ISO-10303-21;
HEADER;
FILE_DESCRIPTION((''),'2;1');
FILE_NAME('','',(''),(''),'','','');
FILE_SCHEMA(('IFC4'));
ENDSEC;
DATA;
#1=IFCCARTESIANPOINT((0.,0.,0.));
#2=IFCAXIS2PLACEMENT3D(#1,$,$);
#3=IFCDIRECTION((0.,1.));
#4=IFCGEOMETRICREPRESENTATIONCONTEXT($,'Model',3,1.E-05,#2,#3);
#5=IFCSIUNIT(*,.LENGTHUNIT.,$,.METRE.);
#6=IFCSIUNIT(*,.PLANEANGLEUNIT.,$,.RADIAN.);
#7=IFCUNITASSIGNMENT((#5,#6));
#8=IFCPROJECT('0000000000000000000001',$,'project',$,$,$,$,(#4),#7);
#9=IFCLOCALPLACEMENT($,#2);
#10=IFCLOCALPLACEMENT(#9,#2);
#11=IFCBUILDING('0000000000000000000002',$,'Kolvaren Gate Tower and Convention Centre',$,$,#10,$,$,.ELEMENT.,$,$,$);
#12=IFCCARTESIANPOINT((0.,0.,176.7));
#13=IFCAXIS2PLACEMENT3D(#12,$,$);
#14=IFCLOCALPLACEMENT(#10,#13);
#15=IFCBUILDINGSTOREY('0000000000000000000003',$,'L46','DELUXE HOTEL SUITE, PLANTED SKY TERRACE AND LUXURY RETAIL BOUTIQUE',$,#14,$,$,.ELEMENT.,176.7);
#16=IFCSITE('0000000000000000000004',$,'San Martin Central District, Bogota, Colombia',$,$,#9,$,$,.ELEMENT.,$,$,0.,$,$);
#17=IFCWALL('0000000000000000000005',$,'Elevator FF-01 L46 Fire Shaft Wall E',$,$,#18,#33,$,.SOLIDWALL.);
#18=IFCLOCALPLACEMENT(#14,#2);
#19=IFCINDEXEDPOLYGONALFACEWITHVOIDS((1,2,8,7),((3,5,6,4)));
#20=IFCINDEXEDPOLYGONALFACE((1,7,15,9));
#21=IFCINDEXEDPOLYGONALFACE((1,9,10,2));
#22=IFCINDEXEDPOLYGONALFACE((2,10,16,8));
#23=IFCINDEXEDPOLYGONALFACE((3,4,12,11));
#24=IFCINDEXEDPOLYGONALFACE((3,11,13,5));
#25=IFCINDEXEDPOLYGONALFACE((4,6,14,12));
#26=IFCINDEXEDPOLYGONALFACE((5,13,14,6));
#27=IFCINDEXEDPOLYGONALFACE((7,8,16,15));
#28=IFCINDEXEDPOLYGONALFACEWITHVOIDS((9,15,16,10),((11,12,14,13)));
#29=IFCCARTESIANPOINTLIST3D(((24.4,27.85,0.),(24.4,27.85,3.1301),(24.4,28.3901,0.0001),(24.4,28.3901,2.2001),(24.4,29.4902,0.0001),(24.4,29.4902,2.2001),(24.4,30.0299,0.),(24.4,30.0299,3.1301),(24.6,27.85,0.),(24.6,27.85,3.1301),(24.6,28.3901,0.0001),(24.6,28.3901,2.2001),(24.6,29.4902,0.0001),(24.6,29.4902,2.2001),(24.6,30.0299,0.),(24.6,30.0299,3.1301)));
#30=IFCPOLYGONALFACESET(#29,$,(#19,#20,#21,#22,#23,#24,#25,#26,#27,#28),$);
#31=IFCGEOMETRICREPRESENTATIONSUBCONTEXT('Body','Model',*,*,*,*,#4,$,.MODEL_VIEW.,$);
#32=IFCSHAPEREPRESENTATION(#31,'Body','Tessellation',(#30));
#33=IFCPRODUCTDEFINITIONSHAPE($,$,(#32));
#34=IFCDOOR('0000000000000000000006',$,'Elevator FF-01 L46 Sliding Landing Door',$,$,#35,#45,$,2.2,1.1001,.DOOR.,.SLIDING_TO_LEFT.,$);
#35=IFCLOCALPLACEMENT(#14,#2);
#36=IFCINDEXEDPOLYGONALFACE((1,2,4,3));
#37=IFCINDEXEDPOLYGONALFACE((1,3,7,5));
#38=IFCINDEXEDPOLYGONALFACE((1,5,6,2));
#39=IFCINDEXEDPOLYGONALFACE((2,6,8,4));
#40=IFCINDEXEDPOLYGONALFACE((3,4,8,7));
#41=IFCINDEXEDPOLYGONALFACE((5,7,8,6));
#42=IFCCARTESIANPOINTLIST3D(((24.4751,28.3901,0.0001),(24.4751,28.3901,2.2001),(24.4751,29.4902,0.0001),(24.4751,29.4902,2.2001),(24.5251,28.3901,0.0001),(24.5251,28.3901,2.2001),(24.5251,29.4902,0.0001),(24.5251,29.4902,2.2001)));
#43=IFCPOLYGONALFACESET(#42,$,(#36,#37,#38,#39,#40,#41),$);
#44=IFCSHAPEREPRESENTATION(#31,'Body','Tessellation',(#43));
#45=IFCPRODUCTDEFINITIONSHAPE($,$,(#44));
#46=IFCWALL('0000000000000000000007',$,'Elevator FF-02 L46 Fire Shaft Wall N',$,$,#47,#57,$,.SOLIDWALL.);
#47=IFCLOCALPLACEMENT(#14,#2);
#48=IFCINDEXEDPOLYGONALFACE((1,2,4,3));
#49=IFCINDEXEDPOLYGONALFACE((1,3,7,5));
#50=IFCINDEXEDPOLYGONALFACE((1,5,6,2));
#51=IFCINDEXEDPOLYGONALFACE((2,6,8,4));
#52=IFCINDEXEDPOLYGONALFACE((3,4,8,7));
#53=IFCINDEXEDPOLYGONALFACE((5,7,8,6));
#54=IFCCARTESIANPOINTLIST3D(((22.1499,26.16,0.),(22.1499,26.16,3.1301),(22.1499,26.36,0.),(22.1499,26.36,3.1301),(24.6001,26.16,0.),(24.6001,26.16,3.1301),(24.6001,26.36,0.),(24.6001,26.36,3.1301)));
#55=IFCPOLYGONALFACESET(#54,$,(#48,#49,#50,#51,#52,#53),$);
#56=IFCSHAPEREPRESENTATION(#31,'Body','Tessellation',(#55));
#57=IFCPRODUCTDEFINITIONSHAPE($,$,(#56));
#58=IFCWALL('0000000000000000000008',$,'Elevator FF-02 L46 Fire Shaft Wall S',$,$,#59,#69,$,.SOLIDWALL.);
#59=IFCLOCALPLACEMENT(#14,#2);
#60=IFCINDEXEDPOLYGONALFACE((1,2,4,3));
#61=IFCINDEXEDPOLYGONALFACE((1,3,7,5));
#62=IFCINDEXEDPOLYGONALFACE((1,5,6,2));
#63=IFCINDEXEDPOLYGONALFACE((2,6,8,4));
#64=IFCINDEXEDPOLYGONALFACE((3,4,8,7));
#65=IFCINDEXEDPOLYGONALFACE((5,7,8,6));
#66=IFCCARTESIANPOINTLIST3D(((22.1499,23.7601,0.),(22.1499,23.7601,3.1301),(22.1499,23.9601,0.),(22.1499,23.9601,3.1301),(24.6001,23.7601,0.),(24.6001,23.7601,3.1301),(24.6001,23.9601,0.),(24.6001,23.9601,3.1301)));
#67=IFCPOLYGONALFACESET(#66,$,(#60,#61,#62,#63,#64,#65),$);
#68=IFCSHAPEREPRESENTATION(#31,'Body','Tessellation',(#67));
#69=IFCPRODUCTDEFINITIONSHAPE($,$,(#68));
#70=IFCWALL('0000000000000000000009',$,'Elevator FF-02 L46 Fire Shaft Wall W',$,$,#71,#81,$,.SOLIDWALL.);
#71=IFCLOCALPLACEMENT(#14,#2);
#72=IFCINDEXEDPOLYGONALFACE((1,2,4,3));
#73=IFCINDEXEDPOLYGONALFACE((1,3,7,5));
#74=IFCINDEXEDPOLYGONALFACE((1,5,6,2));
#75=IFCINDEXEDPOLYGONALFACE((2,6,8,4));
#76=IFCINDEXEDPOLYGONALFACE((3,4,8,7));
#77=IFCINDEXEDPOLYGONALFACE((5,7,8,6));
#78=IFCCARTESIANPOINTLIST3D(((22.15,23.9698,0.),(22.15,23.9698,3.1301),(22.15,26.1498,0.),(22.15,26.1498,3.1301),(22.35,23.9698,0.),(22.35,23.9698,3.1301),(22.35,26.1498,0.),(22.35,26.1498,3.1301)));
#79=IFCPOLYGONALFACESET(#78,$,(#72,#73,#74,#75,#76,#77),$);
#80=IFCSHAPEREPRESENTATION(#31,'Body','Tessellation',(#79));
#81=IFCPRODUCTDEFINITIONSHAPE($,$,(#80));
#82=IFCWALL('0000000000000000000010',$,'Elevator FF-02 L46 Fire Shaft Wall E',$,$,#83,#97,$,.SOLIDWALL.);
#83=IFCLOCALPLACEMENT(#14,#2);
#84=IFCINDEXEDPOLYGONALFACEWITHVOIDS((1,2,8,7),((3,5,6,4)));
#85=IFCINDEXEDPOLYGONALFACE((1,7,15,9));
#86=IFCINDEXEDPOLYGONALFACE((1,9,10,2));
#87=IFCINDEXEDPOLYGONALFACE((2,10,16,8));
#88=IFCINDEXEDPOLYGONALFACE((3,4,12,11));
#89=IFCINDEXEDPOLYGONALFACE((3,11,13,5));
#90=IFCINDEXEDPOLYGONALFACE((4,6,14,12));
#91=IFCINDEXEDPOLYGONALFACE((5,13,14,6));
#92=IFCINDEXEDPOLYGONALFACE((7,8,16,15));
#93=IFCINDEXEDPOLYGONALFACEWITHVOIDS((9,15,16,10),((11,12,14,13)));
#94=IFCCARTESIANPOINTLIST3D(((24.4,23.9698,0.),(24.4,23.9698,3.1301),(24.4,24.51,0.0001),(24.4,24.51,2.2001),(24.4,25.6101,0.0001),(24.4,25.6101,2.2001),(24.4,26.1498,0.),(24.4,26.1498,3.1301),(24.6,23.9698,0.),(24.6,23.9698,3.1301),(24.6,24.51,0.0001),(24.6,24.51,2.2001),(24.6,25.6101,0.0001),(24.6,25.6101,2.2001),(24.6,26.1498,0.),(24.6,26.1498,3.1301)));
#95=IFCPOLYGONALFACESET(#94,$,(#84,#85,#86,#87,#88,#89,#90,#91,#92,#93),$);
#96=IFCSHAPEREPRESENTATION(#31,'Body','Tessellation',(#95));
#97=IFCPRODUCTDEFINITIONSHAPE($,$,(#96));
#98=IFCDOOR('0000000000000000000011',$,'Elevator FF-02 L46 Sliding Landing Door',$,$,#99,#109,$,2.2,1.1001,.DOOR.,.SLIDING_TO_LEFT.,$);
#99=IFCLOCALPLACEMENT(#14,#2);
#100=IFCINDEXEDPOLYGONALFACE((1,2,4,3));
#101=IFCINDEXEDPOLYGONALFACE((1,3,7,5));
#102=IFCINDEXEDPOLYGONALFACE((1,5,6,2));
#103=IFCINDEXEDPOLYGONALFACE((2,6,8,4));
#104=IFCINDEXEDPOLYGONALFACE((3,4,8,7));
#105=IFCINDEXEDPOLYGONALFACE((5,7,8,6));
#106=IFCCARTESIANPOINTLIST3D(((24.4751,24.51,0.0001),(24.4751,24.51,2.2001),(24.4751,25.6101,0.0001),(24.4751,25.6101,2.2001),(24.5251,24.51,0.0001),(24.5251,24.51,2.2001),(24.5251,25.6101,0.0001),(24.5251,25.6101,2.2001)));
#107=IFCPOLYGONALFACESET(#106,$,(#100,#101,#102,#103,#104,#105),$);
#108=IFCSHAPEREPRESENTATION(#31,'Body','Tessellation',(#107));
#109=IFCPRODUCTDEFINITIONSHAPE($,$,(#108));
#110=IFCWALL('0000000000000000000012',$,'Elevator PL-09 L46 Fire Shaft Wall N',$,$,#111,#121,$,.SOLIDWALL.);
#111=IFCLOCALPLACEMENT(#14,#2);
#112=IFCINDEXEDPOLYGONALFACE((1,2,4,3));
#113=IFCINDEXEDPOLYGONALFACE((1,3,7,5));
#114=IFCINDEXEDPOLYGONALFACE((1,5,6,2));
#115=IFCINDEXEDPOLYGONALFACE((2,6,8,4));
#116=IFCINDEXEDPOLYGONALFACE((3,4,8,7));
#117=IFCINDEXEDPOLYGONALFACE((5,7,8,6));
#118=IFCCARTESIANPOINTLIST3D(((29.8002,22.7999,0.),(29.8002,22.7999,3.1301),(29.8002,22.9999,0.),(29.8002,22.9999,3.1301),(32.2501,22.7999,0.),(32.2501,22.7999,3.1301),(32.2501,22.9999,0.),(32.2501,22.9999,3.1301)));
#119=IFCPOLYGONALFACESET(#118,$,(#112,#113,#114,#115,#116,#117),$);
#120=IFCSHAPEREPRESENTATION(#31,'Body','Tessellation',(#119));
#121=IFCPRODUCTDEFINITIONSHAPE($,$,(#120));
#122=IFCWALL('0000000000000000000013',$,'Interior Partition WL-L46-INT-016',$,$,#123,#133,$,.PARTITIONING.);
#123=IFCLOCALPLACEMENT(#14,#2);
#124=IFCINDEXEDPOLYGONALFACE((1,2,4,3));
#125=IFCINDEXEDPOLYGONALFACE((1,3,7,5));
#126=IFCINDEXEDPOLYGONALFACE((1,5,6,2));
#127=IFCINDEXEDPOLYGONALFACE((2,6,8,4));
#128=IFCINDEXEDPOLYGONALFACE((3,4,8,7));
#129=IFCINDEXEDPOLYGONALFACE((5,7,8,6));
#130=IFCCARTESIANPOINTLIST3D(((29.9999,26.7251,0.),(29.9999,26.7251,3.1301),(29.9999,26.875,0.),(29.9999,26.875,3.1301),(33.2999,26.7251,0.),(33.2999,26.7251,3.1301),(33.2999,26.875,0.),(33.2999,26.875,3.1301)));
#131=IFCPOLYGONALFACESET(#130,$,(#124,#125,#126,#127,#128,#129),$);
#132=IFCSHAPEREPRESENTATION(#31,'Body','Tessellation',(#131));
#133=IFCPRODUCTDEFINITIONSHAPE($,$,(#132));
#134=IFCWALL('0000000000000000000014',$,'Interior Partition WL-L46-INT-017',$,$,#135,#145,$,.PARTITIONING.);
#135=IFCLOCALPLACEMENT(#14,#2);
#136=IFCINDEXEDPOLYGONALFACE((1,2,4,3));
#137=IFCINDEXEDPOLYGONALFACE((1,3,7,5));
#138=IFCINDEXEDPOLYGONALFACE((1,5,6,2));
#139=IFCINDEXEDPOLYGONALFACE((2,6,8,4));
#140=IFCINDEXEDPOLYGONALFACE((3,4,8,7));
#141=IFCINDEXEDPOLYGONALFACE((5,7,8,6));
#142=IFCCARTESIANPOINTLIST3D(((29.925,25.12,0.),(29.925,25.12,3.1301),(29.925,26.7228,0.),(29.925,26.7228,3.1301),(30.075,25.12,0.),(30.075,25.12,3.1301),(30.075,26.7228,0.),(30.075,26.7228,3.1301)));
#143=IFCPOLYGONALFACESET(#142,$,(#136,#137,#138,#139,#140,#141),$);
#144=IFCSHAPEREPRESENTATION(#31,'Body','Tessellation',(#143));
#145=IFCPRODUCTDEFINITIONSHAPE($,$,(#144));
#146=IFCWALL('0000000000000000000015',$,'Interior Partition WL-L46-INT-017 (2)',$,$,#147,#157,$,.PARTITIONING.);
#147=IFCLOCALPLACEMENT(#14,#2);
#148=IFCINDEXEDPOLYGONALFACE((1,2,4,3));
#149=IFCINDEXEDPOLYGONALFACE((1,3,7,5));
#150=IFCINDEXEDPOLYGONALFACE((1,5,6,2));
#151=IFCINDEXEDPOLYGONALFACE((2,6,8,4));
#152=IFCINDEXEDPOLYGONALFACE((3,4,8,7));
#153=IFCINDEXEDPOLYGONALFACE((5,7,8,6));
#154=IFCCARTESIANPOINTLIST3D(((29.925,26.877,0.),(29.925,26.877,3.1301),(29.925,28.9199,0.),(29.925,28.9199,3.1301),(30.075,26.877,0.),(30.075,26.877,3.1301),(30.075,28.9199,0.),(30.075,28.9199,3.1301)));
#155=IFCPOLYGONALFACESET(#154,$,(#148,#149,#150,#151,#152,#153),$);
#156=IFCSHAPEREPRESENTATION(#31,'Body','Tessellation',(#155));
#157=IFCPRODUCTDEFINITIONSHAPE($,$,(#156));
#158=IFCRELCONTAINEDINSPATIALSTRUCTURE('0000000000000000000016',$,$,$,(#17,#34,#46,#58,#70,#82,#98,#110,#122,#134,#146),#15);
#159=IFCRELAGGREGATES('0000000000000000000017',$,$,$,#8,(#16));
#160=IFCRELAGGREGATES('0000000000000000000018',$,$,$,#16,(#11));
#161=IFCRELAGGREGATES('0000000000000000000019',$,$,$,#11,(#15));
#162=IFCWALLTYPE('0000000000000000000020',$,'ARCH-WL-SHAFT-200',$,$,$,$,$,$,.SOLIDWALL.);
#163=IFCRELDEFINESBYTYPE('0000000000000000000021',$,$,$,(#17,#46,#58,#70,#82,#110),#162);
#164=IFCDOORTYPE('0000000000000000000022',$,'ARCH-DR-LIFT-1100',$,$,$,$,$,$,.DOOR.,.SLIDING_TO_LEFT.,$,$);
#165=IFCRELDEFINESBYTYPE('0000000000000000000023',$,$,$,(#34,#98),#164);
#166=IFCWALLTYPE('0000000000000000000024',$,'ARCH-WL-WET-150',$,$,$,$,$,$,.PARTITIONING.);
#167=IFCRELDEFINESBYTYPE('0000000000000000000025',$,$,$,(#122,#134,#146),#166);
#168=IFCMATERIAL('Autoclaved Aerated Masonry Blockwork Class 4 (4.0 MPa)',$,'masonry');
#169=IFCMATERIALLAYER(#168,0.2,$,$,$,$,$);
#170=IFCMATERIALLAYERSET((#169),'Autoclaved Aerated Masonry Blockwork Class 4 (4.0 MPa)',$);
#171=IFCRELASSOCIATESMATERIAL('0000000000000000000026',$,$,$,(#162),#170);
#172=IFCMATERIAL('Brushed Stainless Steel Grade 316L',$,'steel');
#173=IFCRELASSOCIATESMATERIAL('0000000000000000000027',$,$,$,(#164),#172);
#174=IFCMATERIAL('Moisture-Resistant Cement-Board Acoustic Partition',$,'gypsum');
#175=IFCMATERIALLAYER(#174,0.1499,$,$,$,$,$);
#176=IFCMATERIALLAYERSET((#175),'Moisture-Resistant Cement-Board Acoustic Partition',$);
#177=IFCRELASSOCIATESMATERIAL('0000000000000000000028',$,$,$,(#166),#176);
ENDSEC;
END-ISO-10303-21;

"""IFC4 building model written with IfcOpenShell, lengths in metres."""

from ifc_helpers import new_model, si_unit, direction, frame, frame_2d, origin, place, context, subcontext, project, spatial, rectangle, extrude, material, layer, layer_set, type_object, element, fill, save


model = new_model("IFC4")

# Units and contexts
model_context = context("Model", 3, precision=1e-05, world=origin(), true_north=direction((0.0, 1.0)))
body_context = subcontext(model_context, "Body", "Model", "MODEL_VIEW")
ifc_project = project(units=[si_unit("LENGTHUNIT", "METRE"), si_unit("PLANEANGLEUNIT", "RADIAN")], contexts=[model_context])

# Site, building, storey
site_placement = place(None, origin())
site = spatial("IfcSite", under=ifc_project, at=site_placement, Name="San Martin Central District, Bogota, Colombia", CompositionType="ELEMENT", RefElevation=0.0)
building_placement = place(site_placement, origin())
building = spatial("IfcBuilding", under=site, at=building_placement, Name="Kolvaren Gate Tower and Convention Centre", CompositionType="ELEMENT")
storey_placement = place(building_placement, frame((0.0, 0.0, 176.7)))
storey = spatial("IfcBuildingStorey", under=building, at=storey_placement, Name="L46", Description="DELUXE HOTEL SUITE, PLANTED SKY TERRACE AND LUXURY RETAIL BOUTIQUE", CompositionType="ELEMENT", Elevation=176.7)

# Shared definitions
ifc_material_1 = material(Name="Autoclaved Aerated Masonry Blockwork Class 4 (4.0 MPa)", Category="masonry")

# Shared definitions
ifc_layer_1 = layer(ifc_material_1, 0.2)
ifc_layer_set_1 = layer_set([ifc_layer_1], Name="Autoclaved Aerated Masonry Blockwork Class 4 (4.0 MPa)")
wall_type_1 = type_object("IfcWallType", Name="ARCH-WL-SHAFT-200", PredefinedType="SOLIDWALL", material=ifc_layer_set_1)

# Wall, opening, door
wall_1_placement = place(storey_placement, frame((24.5, 27.8501, 0.0), z_axis=(0.0, 0.0, 1.0), x_axis=(0.0, 1.0, 0.0)))
wall_1 = element("IfcWall", 1, at=wall_1_placement, inside=storey, type_object=wall_type_1, Name="Elevator FF-01 L46 Fire Shaft Wall E", PredefinedType="SOLIDWALL", context=body_context, shape_type="SweptSolid", body=[
    extrude(rectangle(XDim=2.1799, YDim=0.2, at=frame_2d((1.0898, 0.0))), origin(), (0.0, 0.0, 1.0), 3.1301),
])
opening_1_placement = place(wall_1_placement, frame((0.54, 0.0, 0.0)))
opening_1 = element("IfcOpeningElement", 2, at=opening_1_placement, cuts=wall_1, PredefinedType="OPENING", context=body_context, shape_type="SweptSolid", body=[
    extrude(rectangle(XDim=1.1001, YDim=2.2, at=frame_2d((0.55, 1.1001))), frame((0.0, 0.1099, 0.0), z_axis=(0.0, -1.0, 0.0), x_axis=(1.0, 0.0, 0.0)), (0.0, 0.0, 1.0), 0.22),
])
ifc_material_2 = material(Name="Brushed Stainless Steel Grade 316L", Category="steel")
door_type_1 = type_object("IfcDoorType", Name="ARCH-DR-LIFT-1100", OperationType="SLIDING_TO_LEFT", PredefinedType="DOOR", material=ifc_material_2)
door_1_placement = place(opening_1_placement, origin())
door_1 = element("IfcDoor", 3, at=door_1_placement, inside=storey, type_object=door_type_1, Name="Elevator FF-01 L46 Sliding Landing Door", OperationType="SLIDING_TO_LEFT", OverallHeight=2.2, OverallWidth=1.1001, PredefinedType="DOOR", context=body_context, shape_type="SweptSolid", body=[
    extrude(rectangle(XDim=1.1001, YDim=2.2, at=frame_2d((0.55, 1.1001))), frame((0.0, 0.0249, 0.0), z_axis=(0.0, -1.0, 0.0), x_axis=(1.0, 0.0, 0.0)), (0.0, 0.0, 1.0), 0.05),
])
fill(opening_1, door_1)

# Walls
for number, where, z_axis, x_axis, name in (
    (4, (22.1499, 26.26, 0.0), (0.0, 0.0, 1.0), (1.0, 0.0, 0.0), "Elevator FF-02 L46 Fire Shaft Wall N"),
    (5, (22.1499, 23.8601, 0.0), (0.0, 0.0, 1.0), (1.0, 0.0, 0.0), "Elevator FF-02 L46 Fire Shaft Wall S"),
):
    element("IfcWall", number, at=place(storey_placement, frame(where, z_axis=z_axis, x_axis=x_axis)), inside=storey, type_object=wall_type_1, Name=name, PredefinedType="SOLIDWALL", context=body_context, shape_type="SweptSolid", body=[
        extrude(rectangle(XDim=2.4502, YDim=0.2, at=frame_2d((1.2251, 0.0))), origin(), (0.0, 0.0, 1.0), 3.1301),
    ])
wall_2_placement = place(storey_placement, frame((22.25, 23.97, 0.0), z_axis=(0.0, 0.0, 1.0), x_axis=(0.0, 1.0, 0.0)))
element("IfcWall", 6, at=wall_2_placement, inside=storey, type_object=wall_type_1, Name="Elevator FF-02 L46 Fire Shaft Wall W", PredefinedType="SOLIDWALL", context=body_context, shape_type="SweptSolid", body=[
    extrude(rectangle(XDim=2.1799, YDim=0.2, at=frame_2d((1.0898, 0.0))), origin(), (0.0, 0.0, 1.0), 3.1301),
])

# Wall, opening, door
wall_3_placement = place(storey_placement, frame((24.5, 23.97, 0.0), z_axis=(0.0, 0.0, 1.0), x_axis=(0.0, 1.0, 0.0)))
wall_3 = element("IfcWall", 7, at=wall_3_placement, inside=storey, type_object=wall_type_1, Name="Elevator FF-02 L46 Fire Shaft Wall E", PredefinedType="SOLIDWALL", context=body_context, shape_type="SweptSolid", body=[
    extrude(rectangle(XDim=2.1799, YDim=0.2, at=frame_2d((1.0898, 0.0))), origin(), (0.0, 0.0, 1.0), 3.1301),
])
opening_2_placement = place(wall_3_placement, frame((0.54, 0.0, 0.0)))
opening_2 = element("IfcOpeningElement", 8, at=opening_2_placement, cuts=wall_3, PredefinedType="OPENING", context=body_context, shape_type="SweptSolid", body=[
    extrude(rectangle(XDim=1.1001, YDim=2.2, at=frame_2d((0.55, 1.1001))), frame((0.0, 0.1099, 0.0), z_axis=(0.0, -1.0, 0.0), x_axis=(1.0, 0.0, 0.0)), (0.0, 0.0, 1.0), 0.22),
])
door_2_placement = place(opening_2_placement, origin())
door_2 = element("IfcDoor", 9, at=door_2_placement, inside=storey, type_object=door_type_1, Name="Elevator FF-02 L46 Sliding Landing Door", OperationType="SLIDING_TO_LEFT", OverallHeight=2.2, OverallWidth=1.1001, PredefinedType="DOOR", context=body_context, shape_type="SweptSolid", body=[
    extrude(rectangle(XDim=1.1001, YDim=2.2, at=frame_2d((0.55, 1.1001))), frame((0.0, 0.0249, 0.0), z_axis=(0.0, -1.0, 0.0), x_axis=(1.0, 0.0, 0.0)), (0.0, 0.0, 1.0), 0.05),
])
fill(opening_2, door_2)

# Walls
wall_4_placement = place(storey_placement, frame((29.8, 22.8999, 0.0), z_axis=(0.0, 0.0, 1.0), x_axis=(1.0, 0.0, 0.0)))
element("IfcWall", 10, at=wall_4_placement, inside=storey, type_object=wall_type_1, Name="Elevator PL-09 L46 Fire Shaft Wall N", PredefinedType="SOLIDWALL", context=body_context, shape_type="SweptSolid", body=[
    extrude(rectangle(XDim=2.45, YDim=0.2, at=frame_2d((1.2251, 0.0))), origin(), (0.0, 0.0, 1.0), 3.1301),
])
ifc_material_3 = material(Name="Moisture-Resistant Cement-Board Acoustic Partition", Category="gypsum")
ifc_layer_2 = layer(ifc_material_3, 0.1499)
ifc_layer_set_2 = layer_set([ifc_layer_2], Name="Moisture-Resistant Cement-Board Acoustic Partition")
wall_type_2 = type_object("IfcWallType", Name="ARCH-WL-WET-150", PredefinedType="PARTITIONING", material=ifc_layer_set_2)
wall_5_placement = place(storey_placement, frame((30.0, 26.8, 0.0), z_axis=(0.0, 0.0, 1.0), x_axis=(1.0, 0.0, 0.0)))
element("IfcWall", 11, at=wall_5_placement, inside=storey, type_object=wall_type_2, Name="Interior Partition WL-L46-INT-016", PredefinedType="PARTITIONING", context=body_context, shape_type="SweptSolid", body=[
    extrude(rectangle(XDim=3.3, YDim=0.1499, at=frame_2d((1.6499, 0.0))), origin(), (0.0, 0.0, 1.0), 3.1301),
])
wall_6_placement = place(storey_placement, frame((30.0, 25.1201, 0.0), z_axis=(0.0, 0.0, 1.0), x_axis=(0.0, 1.0, 0.0)))
element("IfcWall", 12, at=wall_6_placement, inside=storey, type_object=wall_type_2, Name="Interior Partition WL-L46-INT-017", PredefinedType="PARTITIONING", context=body_context, shape_type="SweptSolid", body=[
    extrude(rectangle(XDim=1.6028, YDim=0.1499, at=frame_2d((0.8013, 0.0))), origin(), (0.0, 0.0, 1.0), 3.1301),
])
wall_7_placement = place(storey_placement, frame((30.0, 26.877, 0.0), z_axis=(0.0, 0.0, 1.0), x_axis=(0.0, 1.0, 0.0)))
element("IfcWall", 13, at=wall_7_placement, inside=storey, type_object=wall_type_2, Name="Interior Partition WL-L46-INT-017 (2)", PredefinedType="PARTITIONING", context=body_context, shape_type="SweptSolid", body=[
    extrude(rectangle(XDim=2.043, YDim=0.1499, at=frame_2d((1.0215, 0.0))), origin(), (0.0, 0.0, 1.0), 3.1301),
])

save(model, "model.ifc")
